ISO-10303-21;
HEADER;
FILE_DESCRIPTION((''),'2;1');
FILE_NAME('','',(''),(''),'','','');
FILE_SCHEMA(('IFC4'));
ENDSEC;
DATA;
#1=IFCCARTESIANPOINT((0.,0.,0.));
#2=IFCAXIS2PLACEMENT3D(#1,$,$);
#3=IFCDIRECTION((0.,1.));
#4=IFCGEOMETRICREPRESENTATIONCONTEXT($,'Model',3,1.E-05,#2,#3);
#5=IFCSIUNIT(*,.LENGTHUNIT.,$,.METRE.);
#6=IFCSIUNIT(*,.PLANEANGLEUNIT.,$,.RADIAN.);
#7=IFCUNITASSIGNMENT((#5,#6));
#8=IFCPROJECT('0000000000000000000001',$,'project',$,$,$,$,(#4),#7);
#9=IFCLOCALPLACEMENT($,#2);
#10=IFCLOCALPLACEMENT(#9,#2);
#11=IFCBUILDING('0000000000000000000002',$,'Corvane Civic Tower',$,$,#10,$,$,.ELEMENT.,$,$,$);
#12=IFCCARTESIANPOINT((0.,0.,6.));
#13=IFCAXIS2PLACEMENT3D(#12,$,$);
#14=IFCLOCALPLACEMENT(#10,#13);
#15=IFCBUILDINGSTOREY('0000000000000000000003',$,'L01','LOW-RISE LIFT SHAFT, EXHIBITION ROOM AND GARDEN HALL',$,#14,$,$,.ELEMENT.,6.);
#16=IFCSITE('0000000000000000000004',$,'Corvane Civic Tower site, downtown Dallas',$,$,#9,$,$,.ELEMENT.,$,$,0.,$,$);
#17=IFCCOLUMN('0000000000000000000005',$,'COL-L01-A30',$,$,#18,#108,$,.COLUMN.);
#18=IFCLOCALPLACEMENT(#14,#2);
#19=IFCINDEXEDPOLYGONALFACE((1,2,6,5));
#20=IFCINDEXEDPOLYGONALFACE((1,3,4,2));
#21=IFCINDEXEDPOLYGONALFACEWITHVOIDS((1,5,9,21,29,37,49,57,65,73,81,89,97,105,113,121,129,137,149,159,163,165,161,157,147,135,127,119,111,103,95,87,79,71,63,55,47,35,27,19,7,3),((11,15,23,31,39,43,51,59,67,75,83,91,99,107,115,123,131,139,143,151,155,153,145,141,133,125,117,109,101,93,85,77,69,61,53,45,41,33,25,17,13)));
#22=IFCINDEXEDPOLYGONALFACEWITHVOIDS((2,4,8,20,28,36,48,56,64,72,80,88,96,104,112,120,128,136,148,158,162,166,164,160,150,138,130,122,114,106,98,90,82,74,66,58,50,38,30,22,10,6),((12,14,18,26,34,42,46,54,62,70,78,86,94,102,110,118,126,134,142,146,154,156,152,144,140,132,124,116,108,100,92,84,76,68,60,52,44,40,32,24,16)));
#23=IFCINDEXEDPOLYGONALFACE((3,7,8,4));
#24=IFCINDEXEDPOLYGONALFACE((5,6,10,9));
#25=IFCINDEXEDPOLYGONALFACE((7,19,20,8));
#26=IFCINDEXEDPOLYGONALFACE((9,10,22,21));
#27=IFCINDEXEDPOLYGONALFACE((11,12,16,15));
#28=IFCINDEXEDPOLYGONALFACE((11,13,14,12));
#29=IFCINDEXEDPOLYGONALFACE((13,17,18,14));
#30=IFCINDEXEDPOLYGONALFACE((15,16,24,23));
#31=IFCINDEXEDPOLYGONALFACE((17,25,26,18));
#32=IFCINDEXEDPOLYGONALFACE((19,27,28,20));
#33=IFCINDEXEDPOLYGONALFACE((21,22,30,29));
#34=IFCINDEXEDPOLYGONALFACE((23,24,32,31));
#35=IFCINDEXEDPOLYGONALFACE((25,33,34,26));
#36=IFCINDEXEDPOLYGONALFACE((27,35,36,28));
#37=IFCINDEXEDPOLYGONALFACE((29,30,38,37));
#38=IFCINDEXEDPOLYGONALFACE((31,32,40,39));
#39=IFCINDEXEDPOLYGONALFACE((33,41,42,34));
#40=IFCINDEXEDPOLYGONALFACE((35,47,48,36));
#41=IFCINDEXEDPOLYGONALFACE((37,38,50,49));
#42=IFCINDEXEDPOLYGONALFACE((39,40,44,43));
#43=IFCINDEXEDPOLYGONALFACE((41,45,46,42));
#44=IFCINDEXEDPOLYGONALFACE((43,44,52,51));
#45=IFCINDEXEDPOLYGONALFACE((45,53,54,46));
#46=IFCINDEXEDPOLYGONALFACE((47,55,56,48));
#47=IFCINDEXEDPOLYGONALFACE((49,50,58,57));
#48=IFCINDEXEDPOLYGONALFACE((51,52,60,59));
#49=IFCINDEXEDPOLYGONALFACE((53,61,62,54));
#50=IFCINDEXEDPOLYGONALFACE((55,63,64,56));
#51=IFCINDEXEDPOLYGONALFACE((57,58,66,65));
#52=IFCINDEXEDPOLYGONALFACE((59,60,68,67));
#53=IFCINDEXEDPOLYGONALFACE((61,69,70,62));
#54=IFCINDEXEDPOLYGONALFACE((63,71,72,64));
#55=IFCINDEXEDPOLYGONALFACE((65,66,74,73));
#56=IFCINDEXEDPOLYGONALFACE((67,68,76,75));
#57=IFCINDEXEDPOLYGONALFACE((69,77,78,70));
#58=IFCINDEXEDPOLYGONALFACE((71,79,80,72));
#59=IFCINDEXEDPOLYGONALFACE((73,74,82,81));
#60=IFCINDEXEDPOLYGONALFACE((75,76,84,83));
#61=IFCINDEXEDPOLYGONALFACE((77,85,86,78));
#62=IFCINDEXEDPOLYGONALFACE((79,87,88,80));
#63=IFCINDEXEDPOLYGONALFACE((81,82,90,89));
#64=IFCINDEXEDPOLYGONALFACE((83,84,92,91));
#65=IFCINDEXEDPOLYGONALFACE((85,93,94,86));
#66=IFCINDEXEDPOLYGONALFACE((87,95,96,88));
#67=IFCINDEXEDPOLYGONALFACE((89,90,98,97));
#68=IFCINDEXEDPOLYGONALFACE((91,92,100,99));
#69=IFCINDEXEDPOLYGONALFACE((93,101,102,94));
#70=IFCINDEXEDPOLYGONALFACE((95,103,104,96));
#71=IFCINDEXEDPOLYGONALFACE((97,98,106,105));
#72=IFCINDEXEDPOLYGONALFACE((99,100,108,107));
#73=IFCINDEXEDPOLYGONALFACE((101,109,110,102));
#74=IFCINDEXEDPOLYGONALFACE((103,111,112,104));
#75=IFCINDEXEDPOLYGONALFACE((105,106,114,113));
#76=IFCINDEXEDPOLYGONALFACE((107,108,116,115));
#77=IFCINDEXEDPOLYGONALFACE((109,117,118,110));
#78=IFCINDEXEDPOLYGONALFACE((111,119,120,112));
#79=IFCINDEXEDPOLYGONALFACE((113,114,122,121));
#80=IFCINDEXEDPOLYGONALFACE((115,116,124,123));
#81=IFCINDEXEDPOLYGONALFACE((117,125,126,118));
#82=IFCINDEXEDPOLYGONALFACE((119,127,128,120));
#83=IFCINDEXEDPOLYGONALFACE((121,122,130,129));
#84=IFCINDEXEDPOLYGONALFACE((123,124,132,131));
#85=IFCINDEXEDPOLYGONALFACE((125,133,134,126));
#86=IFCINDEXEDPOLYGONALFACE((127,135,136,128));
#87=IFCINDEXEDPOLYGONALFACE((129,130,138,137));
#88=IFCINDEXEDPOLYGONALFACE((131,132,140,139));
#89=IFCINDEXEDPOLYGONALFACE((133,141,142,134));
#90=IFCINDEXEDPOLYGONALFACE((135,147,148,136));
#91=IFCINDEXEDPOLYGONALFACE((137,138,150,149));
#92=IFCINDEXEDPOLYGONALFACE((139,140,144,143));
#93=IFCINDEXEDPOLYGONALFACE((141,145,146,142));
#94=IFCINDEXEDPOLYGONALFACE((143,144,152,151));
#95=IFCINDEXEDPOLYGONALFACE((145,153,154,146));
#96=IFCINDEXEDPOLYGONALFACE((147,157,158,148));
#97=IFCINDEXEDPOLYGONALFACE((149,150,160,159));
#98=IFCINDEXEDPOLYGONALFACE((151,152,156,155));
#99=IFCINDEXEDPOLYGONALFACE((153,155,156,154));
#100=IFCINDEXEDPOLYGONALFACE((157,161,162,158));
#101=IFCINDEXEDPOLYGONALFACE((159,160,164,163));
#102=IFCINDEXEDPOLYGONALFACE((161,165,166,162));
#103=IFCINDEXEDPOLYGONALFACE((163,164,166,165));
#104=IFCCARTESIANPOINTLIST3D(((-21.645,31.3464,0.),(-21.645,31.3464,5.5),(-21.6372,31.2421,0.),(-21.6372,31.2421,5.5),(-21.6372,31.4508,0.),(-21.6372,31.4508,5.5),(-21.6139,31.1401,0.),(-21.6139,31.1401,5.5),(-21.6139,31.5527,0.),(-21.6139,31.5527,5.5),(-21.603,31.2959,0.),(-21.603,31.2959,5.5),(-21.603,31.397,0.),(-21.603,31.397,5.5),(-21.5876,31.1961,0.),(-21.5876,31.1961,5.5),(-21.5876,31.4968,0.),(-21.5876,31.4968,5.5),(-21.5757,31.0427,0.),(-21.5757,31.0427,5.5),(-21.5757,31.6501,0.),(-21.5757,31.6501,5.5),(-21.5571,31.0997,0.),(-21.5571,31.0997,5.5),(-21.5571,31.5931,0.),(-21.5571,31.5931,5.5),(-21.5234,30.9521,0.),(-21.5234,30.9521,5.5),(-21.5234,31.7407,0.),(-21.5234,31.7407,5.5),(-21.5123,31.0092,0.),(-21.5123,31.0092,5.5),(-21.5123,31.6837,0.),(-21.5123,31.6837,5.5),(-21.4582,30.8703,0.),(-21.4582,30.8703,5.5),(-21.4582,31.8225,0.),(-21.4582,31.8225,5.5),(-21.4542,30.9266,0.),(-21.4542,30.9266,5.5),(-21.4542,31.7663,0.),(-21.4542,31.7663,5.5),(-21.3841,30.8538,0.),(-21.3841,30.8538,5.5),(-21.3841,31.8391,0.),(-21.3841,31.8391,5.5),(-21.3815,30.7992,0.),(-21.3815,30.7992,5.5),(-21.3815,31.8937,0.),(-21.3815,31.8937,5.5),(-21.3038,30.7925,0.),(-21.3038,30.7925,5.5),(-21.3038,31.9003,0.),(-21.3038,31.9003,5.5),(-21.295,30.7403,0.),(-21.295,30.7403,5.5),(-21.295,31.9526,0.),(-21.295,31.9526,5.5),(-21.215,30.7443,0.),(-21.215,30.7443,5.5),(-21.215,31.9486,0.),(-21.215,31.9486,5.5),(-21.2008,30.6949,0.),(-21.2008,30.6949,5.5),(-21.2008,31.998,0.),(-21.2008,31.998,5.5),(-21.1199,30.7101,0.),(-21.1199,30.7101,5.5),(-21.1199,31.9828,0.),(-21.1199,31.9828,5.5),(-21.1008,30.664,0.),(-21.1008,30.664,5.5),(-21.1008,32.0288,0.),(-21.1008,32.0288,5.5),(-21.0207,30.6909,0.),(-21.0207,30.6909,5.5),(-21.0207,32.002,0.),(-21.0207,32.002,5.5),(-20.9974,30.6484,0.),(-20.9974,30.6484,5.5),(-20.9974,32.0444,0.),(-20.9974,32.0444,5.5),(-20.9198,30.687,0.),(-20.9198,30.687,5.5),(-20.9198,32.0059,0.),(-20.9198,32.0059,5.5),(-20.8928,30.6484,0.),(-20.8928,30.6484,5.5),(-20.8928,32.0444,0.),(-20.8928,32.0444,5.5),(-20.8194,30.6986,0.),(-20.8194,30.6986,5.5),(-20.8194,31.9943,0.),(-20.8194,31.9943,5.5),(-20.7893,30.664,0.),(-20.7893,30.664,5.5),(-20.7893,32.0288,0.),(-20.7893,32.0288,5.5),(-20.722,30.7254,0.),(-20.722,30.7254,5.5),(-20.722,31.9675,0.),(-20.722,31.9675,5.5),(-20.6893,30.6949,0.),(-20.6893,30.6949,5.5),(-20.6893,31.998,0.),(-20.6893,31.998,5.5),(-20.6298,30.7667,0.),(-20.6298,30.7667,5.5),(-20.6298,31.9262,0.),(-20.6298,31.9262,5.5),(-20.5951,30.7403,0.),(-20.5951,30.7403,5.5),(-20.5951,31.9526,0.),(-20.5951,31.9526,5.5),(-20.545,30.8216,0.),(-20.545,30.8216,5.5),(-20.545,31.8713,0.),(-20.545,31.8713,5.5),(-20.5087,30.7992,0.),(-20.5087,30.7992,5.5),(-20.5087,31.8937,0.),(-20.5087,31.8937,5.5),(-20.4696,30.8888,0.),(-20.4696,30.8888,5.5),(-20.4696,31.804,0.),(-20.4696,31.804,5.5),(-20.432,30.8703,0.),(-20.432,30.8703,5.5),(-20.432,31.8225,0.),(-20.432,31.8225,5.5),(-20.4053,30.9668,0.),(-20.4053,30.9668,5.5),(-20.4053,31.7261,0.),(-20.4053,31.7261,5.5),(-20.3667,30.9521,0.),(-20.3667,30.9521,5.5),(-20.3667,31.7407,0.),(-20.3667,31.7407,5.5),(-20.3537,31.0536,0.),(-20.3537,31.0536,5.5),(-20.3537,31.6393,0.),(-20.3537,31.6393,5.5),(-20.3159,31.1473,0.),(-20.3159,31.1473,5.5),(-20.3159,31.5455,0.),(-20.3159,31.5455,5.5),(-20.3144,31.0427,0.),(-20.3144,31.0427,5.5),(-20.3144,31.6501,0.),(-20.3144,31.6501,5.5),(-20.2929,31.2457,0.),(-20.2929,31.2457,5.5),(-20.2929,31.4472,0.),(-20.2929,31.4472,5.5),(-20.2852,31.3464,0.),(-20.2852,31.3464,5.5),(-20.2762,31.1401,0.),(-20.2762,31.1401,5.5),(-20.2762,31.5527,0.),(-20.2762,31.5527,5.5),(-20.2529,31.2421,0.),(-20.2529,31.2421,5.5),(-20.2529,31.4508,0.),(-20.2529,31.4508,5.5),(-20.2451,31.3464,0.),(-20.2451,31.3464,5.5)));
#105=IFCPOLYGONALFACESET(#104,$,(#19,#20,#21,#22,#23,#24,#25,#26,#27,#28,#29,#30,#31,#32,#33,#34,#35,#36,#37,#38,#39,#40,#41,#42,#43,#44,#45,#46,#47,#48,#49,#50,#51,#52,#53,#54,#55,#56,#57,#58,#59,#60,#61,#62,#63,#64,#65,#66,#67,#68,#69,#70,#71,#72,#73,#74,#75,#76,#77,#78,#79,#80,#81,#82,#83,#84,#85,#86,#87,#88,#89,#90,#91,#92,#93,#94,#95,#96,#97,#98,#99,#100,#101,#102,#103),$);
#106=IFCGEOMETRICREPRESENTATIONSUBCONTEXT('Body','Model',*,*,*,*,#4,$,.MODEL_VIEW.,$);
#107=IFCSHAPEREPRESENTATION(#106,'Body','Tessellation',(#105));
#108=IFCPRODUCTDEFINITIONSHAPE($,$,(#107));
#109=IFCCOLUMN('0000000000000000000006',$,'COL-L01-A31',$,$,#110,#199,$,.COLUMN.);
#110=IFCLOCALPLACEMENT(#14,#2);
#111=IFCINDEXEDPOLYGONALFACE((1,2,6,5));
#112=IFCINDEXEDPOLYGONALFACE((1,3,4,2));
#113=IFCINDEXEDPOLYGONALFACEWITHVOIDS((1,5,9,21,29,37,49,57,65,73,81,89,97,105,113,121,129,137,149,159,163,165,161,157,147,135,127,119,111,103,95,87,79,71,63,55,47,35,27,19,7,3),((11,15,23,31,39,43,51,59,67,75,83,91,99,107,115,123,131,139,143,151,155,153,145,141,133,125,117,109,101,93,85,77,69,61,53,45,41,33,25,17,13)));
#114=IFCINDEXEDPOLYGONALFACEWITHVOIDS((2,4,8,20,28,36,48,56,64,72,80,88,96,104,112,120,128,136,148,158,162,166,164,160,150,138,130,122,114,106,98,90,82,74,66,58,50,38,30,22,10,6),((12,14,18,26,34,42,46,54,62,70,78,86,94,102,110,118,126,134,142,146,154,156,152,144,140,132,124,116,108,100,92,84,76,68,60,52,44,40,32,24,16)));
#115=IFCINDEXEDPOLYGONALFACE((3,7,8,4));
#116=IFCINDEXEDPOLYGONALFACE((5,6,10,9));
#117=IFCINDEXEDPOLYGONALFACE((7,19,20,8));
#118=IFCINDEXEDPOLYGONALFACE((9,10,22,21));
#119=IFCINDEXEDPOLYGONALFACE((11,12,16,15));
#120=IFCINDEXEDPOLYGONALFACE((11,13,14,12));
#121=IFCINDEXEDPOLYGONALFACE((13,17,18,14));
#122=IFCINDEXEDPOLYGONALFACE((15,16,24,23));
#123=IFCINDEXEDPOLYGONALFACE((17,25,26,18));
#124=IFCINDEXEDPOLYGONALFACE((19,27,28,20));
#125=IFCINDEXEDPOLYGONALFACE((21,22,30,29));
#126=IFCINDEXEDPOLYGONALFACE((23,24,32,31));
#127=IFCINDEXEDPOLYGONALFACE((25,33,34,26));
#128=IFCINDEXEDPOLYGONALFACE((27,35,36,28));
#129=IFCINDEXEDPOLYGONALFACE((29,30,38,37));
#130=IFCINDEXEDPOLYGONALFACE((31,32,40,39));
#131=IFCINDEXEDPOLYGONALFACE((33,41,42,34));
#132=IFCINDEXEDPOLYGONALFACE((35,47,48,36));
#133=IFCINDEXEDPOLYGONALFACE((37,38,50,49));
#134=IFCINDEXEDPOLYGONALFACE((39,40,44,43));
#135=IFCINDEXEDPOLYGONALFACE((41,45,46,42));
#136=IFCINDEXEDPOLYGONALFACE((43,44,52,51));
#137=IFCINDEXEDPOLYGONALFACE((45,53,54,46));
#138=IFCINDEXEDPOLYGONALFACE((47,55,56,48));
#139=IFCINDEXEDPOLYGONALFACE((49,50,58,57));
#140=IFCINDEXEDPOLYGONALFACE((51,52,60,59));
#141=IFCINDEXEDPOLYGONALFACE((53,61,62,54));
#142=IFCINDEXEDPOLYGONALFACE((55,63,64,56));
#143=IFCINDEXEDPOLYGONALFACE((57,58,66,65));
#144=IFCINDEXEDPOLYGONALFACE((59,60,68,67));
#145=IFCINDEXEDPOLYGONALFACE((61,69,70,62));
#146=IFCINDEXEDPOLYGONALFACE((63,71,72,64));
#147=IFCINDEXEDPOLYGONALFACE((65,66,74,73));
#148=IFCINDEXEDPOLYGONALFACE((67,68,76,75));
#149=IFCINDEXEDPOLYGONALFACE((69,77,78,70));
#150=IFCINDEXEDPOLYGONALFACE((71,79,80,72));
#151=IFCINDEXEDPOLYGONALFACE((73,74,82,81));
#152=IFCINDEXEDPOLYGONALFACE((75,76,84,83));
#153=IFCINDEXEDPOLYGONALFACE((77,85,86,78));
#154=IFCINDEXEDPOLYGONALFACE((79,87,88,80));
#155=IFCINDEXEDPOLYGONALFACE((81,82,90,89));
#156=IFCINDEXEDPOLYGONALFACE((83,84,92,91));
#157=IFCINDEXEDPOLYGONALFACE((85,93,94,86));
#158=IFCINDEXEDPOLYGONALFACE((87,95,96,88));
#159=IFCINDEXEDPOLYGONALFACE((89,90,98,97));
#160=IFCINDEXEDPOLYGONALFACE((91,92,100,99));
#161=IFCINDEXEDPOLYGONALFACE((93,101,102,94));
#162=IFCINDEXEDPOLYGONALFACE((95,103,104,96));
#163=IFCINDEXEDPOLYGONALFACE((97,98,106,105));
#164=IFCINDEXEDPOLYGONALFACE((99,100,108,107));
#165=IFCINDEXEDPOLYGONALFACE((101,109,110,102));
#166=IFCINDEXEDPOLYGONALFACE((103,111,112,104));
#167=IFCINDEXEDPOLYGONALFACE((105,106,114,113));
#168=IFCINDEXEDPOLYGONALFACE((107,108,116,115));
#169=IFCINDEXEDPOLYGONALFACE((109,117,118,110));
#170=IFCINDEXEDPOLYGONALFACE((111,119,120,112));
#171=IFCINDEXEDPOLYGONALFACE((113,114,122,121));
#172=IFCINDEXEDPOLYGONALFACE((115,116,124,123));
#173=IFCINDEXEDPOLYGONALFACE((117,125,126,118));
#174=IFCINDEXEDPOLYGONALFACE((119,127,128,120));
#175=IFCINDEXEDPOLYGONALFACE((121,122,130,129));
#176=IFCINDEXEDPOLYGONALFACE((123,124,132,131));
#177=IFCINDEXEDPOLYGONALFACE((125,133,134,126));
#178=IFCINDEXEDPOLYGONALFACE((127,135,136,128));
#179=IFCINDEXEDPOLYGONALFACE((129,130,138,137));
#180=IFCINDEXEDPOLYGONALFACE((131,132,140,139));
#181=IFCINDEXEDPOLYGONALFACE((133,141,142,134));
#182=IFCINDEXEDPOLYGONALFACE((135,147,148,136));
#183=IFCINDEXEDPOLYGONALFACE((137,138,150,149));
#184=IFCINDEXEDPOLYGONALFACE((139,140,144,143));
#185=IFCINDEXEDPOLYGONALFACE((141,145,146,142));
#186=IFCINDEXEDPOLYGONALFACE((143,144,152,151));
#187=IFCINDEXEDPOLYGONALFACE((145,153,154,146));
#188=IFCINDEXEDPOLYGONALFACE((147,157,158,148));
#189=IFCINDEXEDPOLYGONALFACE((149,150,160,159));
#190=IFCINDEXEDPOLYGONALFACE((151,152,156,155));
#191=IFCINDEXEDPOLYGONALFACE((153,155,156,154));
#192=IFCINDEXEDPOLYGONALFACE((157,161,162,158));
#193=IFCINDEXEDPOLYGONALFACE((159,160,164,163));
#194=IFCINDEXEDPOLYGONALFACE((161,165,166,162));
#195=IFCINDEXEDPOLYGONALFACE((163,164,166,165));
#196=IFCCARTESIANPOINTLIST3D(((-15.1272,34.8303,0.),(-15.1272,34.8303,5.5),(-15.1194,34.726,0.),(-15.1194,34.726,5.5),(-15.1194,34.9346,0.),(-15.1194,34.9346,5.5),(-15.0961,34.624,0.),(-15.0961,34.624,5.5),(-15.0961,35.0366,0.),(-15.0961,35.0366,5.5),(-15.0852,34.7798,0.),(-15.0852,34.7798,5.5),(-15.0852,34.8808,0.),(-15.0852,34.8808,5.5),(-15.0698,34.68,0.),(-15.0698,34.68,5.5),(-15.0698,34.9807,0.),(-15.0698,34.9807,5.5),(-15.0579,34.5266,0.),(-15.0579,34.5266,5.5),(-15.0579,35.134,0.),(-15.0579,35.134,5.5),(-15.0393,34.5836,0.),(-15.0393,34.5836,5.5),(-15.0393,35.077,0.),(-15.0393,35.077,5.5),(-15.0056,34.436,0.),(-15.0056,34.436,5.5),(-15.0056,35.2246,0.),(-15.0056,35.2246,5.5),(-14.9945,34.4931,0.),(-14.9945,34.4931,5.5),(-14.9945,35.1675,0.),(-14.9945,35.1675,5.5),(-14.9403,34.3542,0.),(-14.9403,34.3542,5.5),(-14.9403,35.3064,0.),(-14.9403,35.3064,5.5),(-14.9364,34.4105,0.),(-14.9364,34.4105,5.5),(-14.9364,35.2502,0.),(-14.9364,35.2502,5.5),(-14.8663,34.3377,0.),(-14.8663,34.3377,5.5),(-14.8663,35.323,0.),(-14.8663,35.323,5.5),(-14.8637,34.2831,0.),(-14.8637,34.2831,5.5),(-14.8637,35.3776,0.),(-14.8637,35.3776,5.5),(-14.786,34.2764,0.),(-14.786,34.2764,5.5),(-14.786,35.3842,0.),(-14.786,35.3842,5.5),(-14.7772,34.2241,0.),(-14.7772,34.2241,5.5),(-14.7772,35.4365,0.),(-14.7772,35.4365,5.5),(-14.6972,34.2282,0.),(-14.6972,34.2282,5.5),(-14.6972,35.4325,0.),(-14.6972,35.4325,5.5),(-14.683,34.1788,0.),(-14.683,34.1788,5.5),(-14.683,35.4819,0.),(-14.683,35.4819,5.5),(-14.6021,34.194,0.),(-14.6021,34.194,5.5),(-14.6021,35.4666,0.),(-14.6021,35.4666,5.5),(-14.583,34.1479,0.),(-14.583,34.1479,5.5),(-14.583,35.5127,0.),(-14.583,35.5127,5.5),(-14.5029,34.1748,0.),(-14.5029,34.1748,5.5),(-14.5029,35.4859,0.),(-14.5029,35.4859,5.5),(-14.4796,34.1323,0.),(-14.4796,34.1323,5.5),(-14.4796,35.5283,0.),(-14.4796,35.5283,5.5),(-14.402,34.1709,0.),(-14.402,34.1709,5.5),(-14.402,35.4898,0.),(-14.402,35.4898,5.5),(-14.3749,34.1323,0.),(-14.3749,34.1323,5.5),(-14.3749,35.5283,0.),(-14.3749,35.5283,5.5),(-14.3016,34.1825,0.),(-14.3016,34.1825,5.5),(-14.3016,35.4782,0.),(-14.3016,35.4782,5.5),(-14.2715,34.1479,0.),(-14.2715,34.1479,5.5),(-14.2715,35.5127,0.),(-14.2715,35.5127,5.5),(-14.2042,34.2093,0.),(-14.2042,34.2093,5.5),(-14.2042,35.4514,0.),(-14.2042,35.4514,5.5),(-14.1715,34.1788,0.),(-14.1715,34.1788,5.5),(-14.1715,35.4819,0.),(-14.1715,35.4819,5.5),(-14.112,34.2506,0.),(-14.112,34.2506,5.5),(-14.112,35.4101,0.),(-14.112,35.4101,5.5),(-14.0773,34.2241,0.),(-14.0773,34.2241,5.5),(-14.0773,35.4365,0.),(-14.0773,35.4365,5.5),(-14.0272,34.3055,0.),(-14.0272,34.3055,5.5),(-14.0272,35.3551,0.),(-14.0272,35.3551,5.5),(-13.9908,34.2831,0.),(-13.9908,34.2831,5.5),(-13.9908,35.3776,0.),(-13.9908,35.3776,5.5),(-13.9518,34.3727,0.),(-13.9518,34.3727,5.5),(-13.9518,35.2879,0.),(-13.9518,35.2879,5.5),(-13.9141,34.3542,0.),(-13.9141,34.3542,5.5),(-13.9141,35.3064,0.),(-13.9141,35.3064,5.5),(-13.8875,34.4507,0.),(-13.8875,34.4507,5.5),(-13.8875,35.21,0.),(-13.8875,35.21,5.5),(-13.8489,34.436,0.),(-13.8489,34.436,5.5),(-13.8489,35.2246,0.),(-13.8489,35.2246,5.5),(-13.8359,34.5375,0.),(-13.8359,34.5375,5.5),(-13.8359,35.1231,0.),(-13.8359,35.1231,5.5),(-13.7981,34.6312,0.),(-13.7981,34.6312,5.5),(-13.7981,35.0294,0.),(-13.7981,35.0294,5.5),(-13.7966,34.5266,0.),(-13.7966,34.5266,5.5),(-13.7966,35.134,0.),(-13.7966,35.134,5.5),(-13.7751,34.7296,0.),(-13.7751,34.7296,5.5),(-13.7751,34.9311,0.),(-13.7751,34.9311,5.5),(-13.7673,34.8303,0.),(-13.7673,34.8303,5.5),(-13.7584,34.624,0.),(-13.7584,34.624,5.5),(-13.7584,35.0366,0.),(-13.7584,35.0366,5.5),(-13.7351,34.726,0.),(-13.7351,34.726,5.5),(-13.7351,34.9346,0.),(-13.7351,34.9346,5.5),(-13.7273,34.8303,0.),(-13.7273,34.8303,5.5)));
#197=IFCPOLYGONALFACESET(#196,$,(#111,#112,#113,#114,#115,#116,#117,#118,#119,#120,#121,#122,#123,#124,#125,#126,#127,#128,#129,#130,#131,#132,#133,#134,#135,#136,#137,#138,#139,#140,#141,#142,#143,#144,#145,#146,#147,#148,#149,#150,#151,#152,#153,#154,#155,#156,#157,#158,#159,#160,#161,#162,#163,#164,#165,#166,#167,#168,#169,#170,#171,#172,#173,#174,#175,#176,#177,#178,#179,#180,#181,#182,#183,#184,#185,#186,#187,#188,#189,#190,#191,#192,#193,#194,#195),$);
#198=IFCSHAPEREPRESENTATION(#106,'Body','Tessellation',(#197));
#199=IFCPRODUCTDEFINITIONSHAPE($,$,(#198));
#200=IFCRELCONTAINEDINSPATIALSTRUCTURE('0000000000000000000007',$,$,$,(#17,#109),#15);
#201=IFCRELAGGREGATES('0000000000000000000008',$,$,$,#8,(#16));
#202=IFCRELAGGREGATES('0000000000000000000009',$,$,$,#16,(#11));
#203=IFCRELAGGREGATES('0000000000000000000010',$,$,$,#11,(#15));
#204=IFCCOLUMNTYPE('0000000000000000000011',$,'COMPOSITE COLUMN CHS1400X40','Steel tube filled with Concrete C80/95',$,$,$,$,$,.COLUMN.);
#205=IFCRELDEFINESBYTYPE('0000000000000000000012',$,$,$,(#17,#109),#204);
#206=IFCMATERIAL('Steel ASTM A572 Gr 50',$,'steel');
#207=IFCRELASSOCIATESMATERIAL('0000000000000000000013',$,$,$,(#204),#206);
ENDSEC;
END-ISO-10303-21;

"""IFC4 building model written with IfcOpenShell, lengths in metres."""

from ifc_helpers import new_model, si_unit, direction, frame, origin, origin_2d, place, context, subcontext, project, spatial, hollow_circle, extrude, material, material_profile, profile_set, type_object, element, save


model = new_model("IFC4")

# Units and contexts
model_context = context("Model", 3, precision=1e-05, world=origin(), true_north=direction((0.0, 1.0)))
body_context = subcontext(model_context, "Body", "Model", "MODEL_VIEW")
ifc_project = project(units=[si_unit("LENGTHUNIT", "METRE"), si_unit("PLANEANGLEUNIT", "RADIAN")], contexts=[model_context])

# Site, building, storey
site_placement = place(None, origin())
site = spatial("IfcSite", under=ifc_project, at=site_placement, Name="Corvane Civic Tower site, downtown Dallas", CompositionType="ELEMENT", RefElevation=0.0)
building_placement = place(site_placement, origin())
building = spatial("IfcBuilding", under=site, at=building_placement, Name="Corvane Civic Tower", CompositionType="ELEMENT")
storey_placement = place(building_placement, frame((0.0, 0.0, 6.0)))
storey = spatial("IfcBuildingStorey", under=building, at=storey_placement, Name="L01", Description="LOW-RISE LIFT SHAFT, EXHIBITION ROOM AND GARDEN HALL", CompositionType="ELEMENT", Elevation=6.0)

# Columns
ifc_material_1 = material(Name="Steel ASTM A572 Gr 50", Category="steel")
ifc_material_profile_1 = material_profile(ifc_material_1, hollow_circle(Radius=0.7, WallThickness=0.04, at=origin_2d()), Name="CHS1400X40")
ifc_profile_set_1 = profile_set([ifc_material_profile_1], Name="Steel ASTM A572 Gr 50")
column_type = type_object("IfcColumnType", Name="COMPOSITE COLUMN CHS1400X40", Description="Steel tube filled with Concrete C80/95", PredefinedType="COLUMN", material=ifc_profile_set_1)
for number, where, z_axis, x_axis, name in (
    (1, (-20.9451, 31.3464, 0.0), (0.0, 0.0, 1.0), (1.0, 0.0, 0.0), "COL-L01-A30"),
    (2, (-14.4272, 34.8303, 0.0), (0.0, 0.0, 1.0), (1.0, 0.0, 0.0), "COL-L01-A31"),
):
    element("IfcColumn", number, at=place(storey_placement, frame(where, z_axis=z_axis, x_axis=x_axis)), inside=storey, type_object=column_type, Name=name, PredefinedType="COLUMN", context=body_context, shape_type="SweptSolid", body=[
        extrude(hollow_circle(Radius=0.7, WallThickness=0.04, at=origin_2d()), origin(), (0.0, 0.0, 1.0), 5.5),
    ])

save(model, "model.ifc")
